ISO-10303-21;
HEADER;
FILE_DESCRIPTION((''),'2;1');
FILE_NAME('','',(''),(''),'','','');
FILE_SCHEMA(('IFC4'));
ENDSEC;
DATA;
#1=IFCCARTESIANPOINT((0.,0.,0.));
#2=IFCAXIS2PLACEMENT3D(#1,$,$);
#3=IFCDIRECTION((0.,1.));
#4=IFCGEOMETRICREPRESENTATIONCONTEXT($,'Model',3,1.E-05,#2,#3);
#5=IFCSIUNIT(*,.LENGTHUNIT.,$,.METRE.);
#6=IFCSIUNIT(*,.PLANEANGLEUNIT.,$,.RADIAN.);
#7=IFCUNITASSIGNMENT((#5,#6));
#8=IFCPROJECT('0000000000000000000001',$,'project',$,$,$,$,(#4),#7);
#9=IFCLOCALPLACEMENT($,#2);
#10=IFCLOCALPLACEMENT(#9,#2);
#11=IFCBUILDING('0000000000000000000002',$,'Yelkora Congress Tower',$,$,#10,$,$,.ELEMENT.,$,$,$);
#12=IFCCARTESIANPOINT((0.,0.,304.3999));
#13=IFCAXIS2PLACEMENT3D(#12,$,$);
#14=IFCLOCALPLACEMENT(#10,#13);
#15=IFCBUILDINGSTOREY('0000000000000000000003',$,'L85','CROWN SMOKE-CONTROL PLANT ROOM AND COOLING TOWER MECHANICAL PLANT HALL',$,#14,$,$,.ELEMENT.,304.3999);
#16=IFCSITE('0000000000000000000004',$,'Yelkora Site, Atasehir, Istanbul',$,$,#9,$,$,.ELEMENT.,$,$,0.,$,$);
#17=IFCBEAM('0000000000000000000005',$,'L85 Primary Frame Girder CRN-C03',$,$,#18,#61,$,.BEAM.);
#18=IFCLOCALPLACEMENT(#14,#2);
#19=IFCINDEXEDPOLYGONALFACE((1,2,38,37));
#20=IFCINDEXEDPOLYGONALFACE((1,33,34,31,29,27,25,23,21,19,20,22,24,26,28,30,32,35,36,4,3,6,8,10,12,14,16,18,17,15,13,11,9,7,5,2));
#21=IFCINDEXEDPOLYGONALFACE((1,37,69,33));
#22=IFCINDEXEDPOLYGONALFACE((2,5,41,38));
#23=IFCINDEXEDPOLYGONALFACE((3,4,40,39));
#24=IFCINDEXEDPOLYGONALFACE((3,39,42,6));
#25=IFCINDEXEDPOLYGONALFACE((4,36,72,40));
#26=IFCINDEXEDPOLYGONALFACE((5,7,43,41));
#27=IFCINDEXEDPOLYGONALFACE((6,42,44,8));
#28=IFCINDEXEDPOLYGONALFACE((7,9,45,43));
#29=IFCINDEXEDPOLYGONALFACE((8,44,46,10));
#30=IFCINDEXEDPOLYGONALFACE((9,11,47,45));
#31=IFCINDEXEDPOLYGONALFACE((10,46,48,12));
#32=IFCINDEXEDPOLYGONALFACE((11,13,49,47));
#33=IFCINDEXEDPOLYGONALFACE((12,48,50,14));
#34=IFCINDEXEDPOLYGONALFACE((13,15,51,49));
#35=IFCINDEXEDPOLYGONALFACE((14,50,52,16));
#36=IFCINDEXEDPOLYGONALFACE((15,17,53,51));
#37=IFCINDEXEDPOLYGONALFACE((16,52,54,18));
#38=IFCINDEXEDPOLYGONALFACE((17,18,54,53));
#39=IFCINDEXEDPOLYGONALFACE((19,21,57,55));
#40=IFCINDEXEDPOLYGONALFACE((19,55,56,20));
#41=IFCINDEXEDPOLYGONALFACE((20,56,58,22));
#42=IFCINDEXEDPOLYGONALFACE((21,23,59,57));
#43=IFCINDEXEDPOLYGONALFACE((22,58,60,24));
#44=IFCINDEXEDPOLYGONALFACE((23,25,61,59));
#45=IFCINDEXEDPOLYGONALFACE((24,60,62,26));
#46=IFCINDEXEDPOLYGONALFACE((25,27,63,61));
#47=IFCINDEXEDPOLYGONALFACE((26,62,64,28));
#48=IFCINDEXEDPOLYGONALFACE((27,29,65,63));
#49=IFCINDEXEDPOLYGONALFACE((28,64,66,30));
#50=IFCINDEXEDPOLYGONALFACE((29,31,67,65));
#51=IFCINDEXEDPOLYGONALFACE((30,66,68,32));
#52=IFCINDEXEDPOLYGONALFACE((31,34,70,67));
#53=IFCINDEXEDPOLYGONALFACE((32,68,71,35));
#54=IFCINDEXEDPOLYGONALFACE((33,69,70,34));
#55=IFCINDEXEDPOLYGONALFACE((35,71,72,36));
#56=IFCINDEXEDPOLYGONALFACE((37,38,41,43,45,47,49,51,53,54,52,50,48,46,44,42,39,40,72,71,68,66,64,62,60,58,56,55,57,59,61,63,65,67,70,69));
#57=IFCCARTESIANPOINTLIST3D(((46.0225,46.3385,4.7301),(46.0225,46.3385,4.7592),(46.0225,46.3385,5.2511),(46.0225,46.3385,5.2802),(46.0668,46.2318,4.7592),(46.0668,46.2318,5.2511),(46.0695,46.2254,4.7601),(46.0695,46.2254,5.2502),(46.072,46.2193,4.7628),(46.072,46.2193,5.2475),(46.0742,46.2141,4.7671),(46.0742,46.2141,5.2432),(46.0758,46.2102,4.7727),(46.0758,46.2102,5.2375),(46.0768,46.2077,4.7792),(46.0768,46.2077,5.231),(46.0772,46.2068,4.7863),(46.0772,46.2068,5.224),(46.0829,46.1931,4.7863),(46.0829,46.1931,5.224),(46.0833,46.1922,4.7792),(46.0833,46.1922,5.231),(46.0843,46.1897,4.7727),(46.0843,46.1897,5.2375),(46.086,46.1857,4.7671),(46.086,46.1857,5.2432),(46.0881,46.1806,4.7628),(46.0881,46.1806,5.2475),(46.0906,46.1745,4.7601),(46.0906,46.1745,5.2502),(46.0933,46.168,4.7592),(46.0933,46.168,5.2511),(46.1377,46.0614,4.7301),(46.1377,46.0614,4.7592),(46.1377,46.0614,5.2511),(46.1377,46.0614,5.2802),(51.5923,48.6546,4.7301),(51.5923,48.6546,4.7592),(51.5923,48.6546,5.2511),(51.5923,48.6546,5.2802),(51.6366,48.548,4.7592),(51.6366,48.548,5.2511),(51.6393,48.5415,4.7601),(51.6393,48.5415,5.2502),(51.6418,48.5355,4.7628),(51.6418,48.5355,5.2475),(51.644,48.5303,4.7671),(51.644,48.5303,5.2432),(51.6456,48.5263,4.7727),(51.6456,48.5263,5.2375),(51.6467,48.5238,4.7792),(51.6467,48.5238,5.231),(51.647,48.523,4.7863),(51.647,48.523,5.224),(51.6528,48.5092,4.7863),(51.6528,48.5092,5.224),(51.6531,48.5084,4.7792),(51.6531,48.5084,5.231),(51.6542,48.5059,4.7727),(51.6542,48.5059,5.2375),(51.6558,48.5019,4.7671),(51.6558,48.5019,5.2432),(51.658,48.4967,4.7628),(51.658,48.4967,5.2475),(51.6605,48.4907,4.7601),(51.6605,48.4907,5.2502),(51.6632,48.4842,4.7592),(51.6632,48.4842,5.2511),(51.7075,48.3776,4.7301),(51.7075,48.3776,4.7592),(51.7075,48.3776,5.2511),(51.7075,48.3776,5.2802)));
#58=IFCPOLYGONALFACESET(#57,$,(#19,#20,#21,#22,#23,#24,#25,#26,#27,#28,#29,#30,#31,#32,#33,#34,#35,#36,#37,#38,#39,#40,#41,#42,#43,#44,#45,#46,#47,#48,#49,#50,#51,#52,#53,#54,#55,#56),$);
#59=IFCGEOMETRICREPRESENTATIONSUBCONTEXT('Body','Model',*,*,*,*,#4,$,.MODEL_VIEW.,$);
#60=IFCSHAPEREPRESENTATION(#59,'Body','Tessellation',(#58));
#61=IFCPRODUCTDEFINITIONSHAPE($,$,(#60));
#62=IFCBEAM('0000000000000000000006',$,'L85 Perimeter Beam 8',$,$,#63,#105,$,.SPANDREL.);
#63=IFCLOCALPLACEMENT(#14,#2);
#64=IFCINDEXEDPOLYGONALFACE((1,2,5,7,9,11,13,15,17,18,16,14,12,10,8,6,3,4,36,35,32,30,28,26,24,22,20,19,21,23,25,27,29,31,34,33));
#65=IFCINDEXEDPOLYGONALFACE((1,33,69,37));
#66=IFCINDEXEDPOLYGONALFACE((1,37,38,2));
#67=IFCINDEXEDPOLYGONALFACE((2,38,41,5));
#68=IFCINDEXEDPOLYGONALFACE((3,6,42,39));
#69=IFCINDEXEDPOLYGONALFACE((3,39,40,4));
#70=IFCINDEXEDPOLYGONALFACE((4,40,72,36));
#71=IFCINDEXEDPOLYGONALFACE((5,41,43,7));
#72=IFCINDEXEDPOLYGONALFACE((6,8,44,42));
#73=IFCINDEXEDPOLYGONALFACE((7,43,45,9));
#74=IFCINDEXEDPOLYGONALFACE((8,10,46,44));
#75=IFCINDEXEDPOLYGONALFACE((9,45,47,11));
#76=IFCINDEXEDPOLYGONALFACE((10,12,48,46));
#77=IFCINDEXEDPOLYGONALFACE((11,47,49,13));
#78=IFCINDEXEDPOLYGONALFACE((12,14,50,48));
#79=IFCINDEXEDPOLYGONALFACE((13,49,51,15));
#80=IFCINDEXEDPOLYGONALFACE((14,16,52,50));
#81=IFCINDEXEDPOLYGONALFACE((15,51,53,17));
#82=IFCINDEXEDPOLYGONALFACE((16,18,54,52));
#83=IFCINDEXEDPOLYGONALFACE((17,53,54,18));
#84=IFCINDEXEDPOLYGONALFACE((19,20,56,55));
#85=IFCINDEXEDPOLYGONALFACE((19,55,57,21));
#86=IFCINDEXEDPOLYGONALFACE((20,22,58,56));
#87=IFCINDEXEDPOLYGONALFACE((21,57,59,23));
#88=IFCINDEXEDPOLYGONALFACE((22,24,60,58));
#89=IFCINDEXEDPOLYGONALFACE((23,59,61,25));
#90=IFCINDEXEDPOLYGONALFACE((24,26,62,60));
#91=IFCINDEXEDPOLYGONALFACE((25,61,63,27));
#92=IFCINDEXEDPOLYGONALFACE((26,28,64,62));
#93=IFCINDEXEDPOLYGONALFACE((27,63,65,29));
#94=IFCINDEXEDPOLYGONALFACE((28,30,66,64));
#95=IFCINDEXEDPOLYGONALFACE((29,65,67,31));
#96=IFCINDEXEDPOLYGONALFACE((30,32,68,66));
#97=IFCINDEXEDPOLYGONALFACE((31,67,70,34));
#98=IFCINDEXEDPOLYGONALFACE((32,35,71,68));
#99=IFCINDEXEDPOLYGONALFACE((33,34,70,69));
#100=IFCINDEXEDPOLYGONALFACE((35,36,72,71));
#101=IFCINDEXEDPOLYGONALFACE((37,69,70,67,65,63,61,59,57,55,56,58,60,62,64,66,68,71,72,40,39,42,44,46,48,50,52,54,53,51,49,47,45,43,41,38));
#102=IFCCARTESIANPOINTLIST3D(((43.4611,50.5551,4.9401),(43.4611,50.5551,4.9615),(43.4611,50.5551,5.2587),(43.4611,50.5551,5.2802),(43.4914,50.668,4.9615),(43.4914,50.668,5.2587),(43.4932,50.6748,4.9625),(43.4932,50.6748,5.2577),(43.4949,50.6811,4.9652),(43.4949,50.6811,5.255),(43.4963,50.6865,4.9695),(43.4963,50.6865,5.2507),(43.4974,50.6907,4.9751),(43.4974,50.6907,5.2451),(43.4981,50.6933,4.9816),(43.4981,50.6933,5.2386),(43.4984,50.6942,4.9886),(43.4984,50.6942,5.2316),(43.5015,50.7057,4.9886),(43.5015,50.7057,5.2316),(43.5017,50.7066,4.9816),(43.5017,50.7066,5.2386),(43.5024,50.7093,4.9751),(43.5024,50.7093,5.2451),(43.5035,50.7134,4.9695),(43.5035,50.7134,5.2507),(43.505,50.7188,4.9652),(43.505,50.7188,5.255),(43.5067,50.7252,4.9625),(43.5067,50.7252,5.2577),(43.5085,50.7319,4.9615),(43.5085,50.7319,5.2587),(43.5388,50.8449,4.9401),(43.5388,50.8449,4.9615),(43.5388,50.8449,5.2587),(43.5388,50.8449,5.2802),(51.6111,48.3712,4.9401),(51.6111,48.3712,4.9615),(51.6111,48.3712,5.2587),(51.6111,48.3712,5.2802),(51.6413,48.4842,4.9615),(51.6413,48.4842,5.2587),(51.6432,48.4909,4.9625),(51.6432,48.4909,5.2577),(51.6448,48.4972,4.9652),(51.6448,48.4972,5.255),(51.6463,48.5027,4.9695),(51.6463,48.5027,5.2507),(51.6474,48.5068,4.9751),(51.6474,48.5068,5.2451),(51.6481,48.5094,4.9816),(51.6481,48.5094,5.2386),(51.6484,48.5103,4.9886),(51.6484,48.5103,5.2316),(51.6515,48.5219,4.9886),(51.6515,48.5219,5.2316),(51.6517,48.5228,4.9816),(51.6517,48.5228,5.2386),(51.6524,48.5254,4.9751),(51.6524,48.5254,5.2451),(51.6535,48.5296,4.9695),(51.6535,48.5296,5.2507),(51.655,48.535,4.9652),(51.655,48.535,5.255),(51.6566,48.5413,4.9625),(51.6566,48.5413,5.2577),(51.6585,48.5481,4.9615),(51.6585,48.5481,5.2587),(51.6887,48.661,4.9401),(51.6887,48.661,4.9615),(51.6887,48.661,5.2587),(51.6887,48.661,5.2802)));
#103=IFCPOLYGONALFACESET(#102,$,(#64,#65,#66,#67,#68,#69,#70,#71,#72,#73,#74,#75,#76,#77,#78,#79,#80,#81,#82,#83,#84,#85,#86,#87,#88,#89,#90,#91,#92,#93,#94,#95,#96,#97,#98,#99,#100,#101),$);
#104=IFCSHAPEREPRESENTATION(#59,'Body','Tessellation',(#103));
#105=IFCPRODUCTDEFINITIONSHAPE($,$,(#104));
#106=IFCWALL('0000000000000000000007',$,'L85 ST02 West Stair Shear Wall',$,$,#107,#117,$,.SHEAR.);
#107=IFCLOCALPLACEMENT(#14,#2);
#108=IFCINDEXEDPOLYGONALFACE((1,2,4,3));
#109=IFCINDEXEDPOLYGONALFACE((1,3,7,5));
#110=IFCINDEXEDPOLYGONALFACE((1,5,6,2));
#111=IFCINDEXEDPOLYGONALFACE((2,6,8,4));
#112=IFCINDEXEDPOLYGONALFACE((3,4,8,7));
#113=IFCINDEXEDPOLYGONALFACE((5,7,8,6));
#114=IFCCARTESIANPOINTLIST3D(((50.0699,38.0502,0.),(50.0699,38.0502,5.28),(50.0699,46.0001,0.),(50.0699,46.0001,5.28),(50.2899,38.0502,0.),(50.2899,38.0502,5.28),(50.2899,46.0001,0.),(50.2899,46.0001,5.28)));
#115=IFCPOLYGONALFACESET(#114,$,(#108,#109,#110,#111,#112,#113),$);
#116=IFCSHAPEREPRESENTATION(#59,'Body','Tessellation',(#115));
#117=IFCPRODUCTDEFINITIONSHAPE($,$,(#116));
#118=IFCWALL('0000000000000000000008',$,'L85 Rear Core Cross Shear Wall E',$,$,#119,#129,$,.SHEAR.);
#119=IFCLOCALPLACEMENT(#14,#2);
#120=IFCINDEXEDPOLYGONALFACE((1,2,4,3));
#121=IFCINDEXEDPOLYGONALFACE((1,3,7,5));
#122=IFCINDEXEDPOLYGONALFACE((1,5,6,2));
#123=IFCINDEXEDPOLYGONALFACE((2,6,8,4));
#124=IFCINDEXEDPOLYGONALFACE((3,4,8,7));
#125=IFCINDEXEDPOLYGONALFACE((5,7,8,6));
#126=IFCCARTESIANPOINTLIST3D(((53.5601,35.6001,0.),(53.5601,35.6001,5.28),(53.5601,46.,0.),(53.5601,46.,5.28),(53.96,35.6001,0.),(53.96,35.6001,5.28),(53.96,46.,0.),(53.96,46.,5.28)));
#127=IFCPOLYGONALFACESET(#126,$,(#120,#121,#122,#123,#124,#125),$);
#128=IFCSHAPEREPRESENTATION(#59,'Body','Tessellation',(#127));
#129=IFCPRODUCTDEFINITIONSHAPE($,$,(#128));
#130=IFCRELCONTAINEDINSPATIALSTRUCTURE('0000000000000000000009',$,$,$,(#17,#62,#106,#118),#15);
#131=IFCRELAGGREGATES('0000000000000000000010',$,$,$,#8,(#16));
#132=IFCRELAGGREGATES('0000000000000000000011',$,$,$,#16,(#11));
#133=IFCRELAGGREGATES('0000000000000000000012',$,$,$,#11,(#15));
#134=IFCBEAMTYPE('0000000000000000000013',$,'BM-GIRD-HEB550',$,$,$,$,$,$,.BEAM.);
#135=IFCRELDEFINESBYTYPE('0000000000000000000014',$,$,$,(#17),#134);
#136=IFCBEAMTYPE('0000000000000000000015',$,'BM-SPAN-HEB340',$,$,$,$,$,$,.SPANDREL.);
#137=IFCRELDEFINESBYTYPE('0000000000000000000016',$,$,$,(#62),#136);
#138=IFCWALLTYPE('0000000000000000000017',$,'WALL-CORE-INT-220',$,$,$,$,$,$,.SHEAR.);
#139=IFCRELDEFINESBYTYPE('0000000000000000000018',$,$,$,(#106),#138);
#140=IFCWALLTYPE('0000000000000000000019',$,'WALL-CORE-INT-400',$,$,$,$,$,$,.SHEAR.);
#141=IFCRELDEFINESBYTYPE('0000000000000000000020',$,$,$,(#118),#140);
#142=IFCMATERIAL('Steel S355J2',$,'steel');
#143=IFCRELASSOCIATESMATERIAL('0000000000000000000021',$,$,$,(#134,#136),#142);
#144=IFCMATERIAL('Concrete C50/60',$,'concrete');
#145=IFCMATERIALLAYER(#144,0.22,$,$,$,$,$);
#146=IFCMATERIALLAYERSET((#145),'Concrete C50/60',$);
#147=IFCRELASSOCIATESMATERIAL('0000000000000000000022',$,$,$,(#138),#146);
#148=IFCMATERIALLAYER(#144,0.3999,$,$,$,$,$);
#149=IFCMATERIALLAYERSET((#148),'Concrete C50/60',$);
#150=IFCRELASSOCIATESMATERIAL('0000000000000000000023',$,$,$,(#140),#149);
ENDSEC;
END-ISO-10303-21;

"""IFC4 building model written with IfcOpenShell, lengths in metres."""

from ifc_helpers import new_model, si_unit, direction, frame, frame_2d, origin, origin_2d, place, context, subcontext, project, spatial, rectangle, i_section, extrude, material, layer, layer_set, material_profile, profile_set, type_object, element, save


model = new_model("IFC4")

# Units and contexts
model_context = context("Model", 3, precision=1e-05, world=origin(), true_north=direction((0.0, 1.0)))
body_context = subcontext(model_context, "Body", "Model", "MODEL_VIEW")
ifc_project = project(units=[si_unit("LENGTHUNIT", "METRE"), si_unit("PLANEANGLEUNIT", "RADIAN")], contexts=[model_context])

# Site, building, storey
site_placement = place(None, origin())
site = spatial("IfcSite", under=ifc_project, at=site_placement, Name="Yelkora Site, Atasehir, Istanbul", CompositionType="ELEMENT", RefElevation=0.0)
building_placement = place(site_placement, origin())
building = spatial("IfcBuilding", under=site, at=building_placement, Name="Yelkora Congress Tower", CompositionType="ELEMENT")
storey_placement = place(building_placement, frame((0.0, 0.0, 304.3999)))
storey = spatial("IfcBuildingStorey", under=building, at=storey_placement, Name="L85", Description="CROWN SMOKE-CONTROL PLANT ROOM AND COOLING TOWER MECHANICAL PLANT HALL", CompositionType="ELEMENT", Elevation=304.3999)

# Shared definitions
ifc_material_1 = material(Name="Steel S355J2", Category="steel")

# Beams
ifc_material_profile_1 = material_profile(ifc_material_1, i_section(OverallWidth=0.3, OverallDepth=0.55, WebThickness=0.0149, FlangeThickness=0.0291, FilletRadius=0.0271, at=origin_2d()), Name="HEB 550")
ifc_profile_set_1 = profile_set([ifc_material_profile_1], Name="Steel S355J2")
beam_type_1 = type_object("IfcBeamType", Name="BM-GIRD-HEB550", PredefinedType="BEAM", material=ifc_profile_set_1)
beam_1_placement = place(storey_placement, frame((51.6499, 48.5161, 5.0051), z_axis=(-0.923347, -0.383966, 0.0), x_axis=(0.383966, -0.923347, 0.0)))
element("IfcBeam", 1, at=beam_1_placement, inside=storey, type_object=beam_type_1, Name="L85 Primary Frame Girder CRN-C03", PredefinedType="BEAM", context=body_context, shape_type="SweptSolid", body=[
    extrude(i_section(OverallWidth=0.3, OverallDepth=0.55, WebThickness=0.0149, FlangeThickness=0.0291, FilletRadius=0.0271, at=origin_2d()), origin(), (0.0, 0.0, 1.0), 6.0322),
])
ifc_material_profile_2 = material_profile(ifc_material_1, i_section(OverallWidth=0.3, OverallDepth=0.3401, WebThickness=0.012, FlangeThickness=0.0215, FilletRadius=0.0271, at=origin_2d()), Name="HEB 340")
ifc_profile_set_2 = profile_set([ifc_material_profile_2], Name="Steel S355J2")
beam_type_2 = type_object("IfcBeamType", Name="BM-SPAN-HEB340", PredefinedType="SPANDREL", material=ifc_profile_set_2)
beam_2_placement = place(storey_placement, frame((51.6499, 48.5161, 5.1101), z_axis=(-0.965924, 0.258828, 0.0), x_axis=(-0.258828, -0.965924, 0.0)))
element("IfcBeam", 2, at=beam_2_placement, inside=storey, type_object=beam_type_2, Name="L85 Perimeter Beam 8", PredefinedType="SPANDREL", context=body_context, shape_type="SweptSolid", body=[
    extrude(i_section(OverallWidth=0.3, OverallDepth=0.3401, WebThickness=0.012, FlangeThickness=0.0215, FilletRadius=0.0271, at=origin_2d()), origin(), (0.0, 0.0, 1.0), 8.4375),
])

# Walls
ifc_material_2 = material(Name="Concrete C50/60", Category="concrete")
ifc_layer_1 = layer(ifc_material_2, 0.22)
ifc_layer_set_1 = layer_set([ifc_layer_1], Name="Concrete C50/60")
wall_type_1 = type_object("IfcWallType", Name="WALL-CORE-INT-220", PredefinedType="SHEAR", material=ifc_layer_set_1)
wall_1_placement = place(storey_placement, frame((50.1799, 38.05, 0.0), z_axis=(0.0, 0.0, 1.0), x_axis=(0.0, 1.0, 0.0)))
element("IfcWall", 3, at=wall_1_placement, inside=storey, type_object=wall_type_1, Name="L85 ST02 West Stair Shear Wall", PredefinedType="SHEAR", context=body_context, shape_type="SweptSolid", body=[
    extrude(rectangle(XDim=7.95, YDim=0.22, at=frame_2d((3.9751, 0.0))), origin(), (0.0, 0.0, 1.0), 5.28),
])
ifc_layer_2 = layer(ifc_material_2, 0.3999)
ifc_layer_set_2 = layer_set([ifc_layer_2], Name="Concrete C50/60")
wall_type_2 = type_object("IfcWallType", Name="WALL-CORE-INT-400", PredefinedType="SHEAR", material=ifc_layer_set_2)
wall_2_placement = place(storey_placement, frame((53.76, 35.6001, 0.0), z_axis=(0.0, 0.0, 1.0), x_axis=(0.0, 1.0, 0.0)))
element("IfcWall", 4, at=wall_2_placement, inside=storey, type_object=wall_type_2, Name="L85 Rear Core Cross Shear Wall E", PredefinedType="SHEAR", context=body_context, shape_type="SweptSolid", body=[
    extrude(rectangle(XDim=10.3999, YDim=0.3999, at=frame_2d((5.2, 0.0))), origin(), (0.0, 0.0, 1.0), 5.28),
])

save(model, "model.ifc")
